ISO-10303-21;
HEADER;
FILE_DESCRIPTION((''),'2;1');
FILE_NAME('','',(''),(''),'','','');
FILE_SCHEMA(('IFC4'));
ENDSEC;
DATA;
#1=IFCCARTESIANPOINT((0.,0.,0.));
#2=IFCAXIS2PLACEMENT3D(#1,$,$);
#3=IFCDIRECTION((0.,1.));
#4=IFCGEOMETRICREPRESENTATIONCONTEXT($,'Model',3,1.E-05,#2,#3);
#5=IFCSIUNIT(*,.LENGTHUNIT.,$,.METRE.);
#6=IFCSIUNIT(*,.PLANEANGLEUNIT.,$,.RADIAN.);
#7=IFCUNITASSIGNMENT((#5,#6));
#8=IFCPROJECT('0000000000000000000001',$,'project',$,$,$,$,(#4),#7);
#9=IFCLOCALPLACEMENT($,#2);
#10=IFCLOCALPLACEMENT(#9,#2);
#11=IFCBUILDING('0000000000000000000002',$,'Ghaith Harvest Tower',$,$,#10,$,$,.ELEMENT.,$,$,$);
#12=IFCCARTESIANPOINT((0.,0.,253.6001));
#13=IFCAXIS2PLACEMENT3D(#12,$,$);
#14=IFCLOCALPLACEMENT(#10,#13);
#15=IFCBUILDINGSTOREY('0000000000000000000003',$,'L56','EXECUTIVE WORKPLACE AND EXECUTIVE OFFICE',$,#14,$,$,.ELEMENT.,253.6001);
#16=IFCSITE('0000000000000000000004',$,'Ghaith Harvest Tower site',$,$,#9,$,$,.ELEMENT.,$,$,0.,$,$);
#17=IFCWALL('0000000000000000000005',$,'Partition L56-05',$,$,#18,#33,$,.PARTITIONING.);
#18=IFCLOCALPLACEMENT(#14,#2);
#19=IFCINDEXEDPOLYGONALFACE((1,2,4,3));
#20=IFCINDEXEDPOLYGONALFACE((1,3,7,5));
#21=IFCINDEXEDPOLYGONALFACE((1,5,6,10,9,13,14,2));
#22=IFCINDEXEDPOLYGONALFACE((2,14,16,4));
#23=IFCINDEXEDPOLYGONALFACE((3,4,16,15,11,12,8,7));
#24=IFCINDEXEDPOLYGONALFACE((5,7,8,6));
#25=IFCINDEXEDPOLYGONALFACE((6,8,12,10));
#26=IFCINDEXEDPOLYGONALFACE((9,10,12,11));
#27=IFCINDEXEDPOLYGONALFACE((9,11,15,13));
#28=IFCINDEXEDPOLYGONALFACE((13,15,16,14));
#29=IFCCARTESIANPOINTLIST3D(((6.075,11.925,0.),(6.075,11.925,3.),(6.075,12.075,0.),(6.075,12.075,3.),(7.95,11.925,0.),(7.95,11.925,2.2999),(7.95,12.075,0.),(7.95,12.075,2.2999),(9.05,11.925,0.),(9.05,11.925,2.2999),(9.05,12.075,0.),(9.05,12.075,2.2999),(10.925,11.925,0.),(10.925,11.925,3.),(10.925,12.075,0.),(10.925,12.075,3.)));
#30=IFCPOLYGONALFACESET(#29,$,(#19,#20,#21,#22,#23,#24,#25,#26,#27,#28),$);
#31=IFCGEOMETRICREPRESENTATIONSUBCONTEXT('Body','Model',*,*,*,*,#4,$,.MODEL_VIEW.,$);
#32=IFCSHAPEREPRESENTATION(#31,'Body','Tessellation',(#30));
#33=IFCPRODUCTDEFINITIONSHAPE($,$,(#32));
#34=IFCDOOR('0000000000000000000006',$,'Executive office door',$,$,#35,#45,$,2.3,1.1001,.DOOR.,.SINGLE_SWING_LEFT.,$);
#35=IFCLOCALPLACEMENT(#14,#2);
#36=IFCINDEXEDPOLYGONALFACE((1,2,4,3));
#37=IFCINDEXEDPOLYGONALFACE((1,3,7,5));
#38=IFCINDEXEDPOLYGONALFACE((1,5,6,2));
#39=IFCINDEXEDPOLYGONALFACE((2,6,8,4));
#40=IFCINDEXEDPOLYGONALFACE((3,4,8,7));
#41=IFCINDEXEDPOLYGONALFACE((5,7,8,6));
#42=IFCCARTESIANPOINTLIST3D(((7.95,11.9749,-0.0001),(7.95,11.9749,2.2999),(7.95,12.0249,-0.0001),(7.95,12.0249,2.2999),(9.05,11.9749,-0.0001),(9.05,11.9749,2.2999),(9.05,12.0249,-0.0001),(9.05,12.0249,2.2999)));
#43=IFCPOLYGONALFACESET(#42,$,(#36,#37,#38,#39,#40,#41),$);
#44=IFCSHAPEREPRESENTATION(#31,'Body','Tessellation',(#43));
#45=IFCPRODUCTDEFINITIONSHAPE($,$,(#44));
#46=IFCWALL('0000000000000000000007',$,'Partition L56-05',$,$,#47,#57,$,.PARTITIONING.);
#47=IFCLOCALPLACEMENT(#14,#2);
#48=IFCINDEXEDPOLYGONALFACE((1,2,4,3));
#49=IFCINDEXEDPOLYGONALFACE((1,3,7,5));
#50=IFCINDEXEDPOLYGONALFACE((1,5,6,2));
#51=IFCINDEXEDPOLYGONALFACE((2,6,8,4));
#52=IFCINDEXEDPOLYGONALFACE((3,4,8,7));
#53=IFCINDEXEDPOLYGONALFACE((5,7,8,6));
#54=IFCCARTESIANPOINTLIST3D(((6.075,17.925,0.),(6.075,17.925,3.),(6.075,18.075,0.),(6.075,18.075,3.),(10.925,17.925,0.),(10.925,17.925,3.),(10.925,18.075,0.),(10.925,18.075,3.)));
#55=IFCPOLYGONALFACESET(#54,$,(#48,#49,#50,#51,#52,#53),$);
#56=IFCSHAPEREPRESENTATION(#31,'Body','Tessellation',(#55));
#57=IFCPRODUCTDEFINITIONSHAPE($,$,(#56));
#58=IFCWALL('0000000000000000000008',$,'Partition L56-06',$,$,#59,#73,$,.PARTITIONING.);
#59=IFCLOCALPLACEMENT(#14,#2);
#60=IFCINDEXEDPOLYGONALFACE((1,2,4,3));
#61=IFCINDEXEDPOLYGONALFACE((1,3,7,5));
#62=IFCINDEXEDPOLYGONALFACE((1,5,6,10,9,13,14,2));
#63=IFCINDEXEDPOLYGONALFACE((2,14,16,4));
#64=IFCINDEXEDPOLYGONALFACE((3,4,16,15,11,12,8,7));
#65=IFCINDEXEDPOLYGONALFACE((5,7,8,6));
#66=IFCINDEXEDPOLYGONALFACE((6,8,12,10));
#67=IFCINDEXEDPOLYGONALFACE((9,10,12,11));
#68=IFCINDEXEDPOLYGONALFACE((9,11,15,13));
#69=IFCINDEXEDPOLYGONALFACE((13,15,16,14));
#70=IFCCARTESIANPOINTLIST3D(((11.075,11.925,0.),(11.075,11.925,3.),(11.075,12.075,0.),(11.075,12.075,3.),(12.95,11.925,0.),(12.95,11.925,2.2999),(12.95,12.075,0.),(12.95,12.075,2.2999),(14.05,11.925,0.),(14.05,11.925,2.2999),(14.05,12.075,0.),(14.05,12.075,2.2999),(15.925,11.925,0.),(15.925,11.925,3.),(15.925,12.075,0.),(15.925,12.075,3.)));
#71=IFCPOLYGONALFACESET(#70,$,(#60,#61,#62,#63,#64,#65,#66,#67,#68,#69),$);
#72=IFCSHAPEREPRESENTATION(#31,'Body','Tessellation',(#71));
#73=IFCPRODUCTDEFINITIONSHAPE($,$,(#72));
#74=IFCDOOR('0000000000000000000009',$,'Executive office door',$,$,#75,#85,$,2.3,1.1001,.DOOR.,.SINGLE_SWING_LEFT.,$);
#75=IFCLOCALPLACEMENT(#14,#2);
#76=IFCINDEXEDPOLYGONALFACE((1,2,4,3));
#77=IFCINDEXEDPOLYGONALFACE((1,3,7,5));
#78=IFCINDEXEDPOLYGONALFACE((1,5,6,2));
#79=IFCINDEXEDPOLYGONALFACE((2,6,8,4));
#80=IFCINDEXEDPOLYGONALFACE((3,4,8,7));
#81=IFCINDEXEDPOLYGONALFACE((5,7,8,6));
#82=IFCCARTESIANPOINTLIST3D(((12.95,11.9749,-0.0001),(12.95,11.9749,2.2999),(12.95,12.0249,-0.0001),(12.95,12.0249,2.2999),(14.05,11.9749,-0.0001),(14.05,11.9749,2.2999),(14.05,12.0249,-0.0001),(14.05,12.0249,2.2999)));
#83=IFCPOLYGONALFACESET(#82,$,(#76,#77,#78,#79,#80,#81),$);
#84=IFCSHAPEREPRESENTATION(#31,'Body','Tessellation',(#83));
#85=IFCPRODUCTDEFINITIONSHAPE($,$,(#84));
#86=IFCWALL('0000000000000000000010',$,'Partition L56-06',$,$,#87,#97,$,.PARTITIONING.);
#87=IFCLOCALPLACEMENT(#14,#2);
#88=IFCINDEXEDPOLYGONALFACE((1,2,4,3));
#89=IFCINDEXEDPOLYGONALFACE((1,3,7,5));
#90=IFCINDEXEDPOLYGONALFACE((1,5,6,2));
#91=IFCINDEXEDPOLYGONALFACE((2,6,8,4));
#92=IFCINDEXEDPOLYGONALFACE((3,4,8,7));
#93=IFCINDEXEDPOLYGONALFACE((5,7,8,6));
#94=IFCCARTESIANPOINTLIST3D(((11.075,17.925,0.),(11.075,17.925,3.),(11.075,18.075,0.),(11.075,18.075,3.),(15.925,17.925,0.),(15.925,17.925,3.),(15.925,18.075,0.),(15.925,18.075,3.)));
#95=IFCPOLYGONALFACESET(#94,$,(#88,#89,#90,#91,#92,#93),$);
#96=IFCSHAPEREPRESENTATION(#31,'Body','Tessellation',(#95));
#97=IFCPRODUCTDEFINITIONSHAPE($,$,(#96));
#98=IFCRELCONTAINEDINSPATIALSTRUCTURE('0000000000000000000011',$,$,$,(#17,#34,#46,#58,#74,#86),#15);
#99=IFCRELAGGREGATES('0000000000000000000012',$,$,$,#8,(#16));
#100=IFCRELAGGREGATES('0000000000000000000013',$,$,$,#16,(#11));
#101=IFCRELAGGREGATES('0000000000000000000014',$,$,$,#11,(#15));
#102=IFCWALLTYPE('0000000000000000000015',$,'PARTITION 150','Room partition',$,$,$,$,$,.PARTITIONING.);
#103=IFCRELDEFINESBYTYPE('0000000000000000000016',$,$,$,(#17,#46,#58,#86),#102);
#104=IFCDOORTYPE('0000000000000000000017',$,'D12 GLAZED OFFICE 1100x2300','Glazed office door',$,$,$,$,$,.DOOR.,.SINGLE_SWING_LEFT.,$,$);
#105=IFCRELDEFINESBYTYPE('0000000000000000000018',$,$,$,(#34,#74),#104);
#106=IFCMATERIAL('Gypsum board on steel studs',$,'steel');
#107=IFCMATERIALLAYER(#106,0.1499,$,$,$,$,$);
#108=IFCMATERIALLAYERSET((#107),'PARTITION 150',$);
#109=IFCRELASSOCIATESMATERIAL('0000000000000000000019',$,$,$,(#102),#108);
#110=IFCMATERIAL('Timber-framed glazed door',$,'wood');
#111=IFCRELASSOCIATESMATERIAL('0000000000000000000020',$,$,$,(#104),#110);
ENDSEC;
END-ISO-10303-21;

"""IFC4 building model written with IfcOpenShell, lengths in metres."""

from ifc_helpers import new_model, si_unit, direction, frame, frame_2d, origin, place, context, subcontext, project, spatial, rectangle, extrude, material, layer, layer_set, type_object, element, fill, save


model = new_model("IFC4")

# Units and contexts
model_context = context("Model", 3, precision=1e-05, world=origin(), true_north=direction((0.0, 1.0)))
body_context = subcontext(model_context, "Body", "Model", "MODEL_VIEW")
ifc_project = project(units=[si_unit("LENGTHUNIT", "METRE"), si_unit("PLANEANGLEUNIT", "RADIAN")], contexts=[model_context])

# Site, building, storey
site_placement = place(None, origin())
site = spatial("IfcSite", under=ifc_project, at=site_placement, Name="Ghaith Harvest Tower site", CompositionType="ELEMENT", RefElevation=0.0)
building_placement = place(site_placement, origin())
building = spatial("IfcBuilding", under=site, at=building_placement, Name="Ghaith Harvest Tower", CompositionType="ELEMENT")
storey_placement = place(building_placement, frame((0.0, 0.0, 253.6001)))
storey = spatial("IfcBuildingStorey", under=building, at=storey_placement, Name="L56", Description="EXECUTIVE WORKPLACE AND EXECUTIVE OFFICE", CompositionType="ELEMENT", Elevation=253.6001)

# Shared definitions
ifc_material_1 = material(Name="Gypsum board on steel studs", Category="steel")
ifc_layer_1 = layer(ifc_material_1, 0.1499)
ifc_layer_set_1 = layer_set([ifc_layer_1], Name="PARTITION 150")
wall_type = type_object("IfcWallType", Name="PARTITION 150", Description="Room partition", PredefinedType="PARTITIONING", material=ifc_layer_set_1)

# Shared definitions
ifc_material_2 = material(Name="Timber-framed glazed door", Category="wood")
door_type = type_object("IfcDoorType", Name="D12 GLAZED OFFICE 1100x2300", Description="Glazed office door", OperationType="SINGLE_SWING_LEFT", PredefinedType="DOOR", material=ifc_material_2)

# Wall, opening, door
wall_1_placement = place(storey_placement, frame((6.075, 12.0, 0.0), z_axis=(0.0, 0.0, 1.0), x_axis=(1.0, 0.0, 0.0)))
wall_1 = element("IfcWall", 1, at=wall_1_placement, inside=storey, type_object=wall_type, Name="Partition L56-05", PredefinedType="PARTITIONING", context=body_context, shape_type="SweptSolid", body=[
    extrude(rectangle(XDim=4.8501, YDim=0.1499, at=frame_2d((2.425, 0.0))), origin(), (0.0, 0.0, 1.0), 3.0),
])
opening_1_placement = place(wall_1_placement, frame((1.875, 0.0, 0.0)))
opening_1 = element("IfcOpeningElement", 2, at=opening_1_placement, cuts=wall_1, PredefinedType="OPENING", context=body_context, shape_type="SweptSolid", body=[
    extrude(rectangle(XDim=1.1001, YDim=2.3, at=frame_2d((0.55, 1.1499))), frame((0.0, 0.085, 0.0), z_axis=(0.0, -1.0, 0.0), x_axis=(1.0, 0.0, 0.0)), (0.0, 0.0, 1.0), 0.1699),
])
door_1_placement = place(opening_1_placement, origin())
door_1 = element("IfcDoor", 3, at=door_1_placement, inside=storey, type_object=door_type, Name="Executive office door", OperationType="SINGLE_SWING_LEFT", OverallHeight=2.3, OverallWidth=1.1001, PredefinedType="DOOR", context=body_context, shape_type="SweptSolid", body=[
    extrude(rectangle(XDim=1.1001, YDim=2.3, at=frame_2d((0.55, 1.1499))), frame((0.0, 0.0249, 0.0), z_axis=(0.0, -1.0, 0.0), x_axis=(1.0, 0.0, 0.0)), (0.0, 0.0, 1.0), 0.05),
])
fill(opening_1, door_1)

# Wall
wall_2_placement = place(storey_placement, frame((6.075, 18.0, 0.0), z_axis=(0.0, 0.0, 1.0), x_axis=(1.0, 0.0, 0.0)))
element("IfcWall", 4, at=wall_2_placement, inside=storey, type_object=wall_type, Name="Partition L56-05", PredefinedType="PARTITIONING", context=body_context, shape_type="SweptSolid", body=[
    extrude(rectangle(XDim=4.8501, YDim=0.1499, at=frame_2d((2.425, 0.0))), origin(), (0.0, 0.0, 1.0), 3.0),
])

# Wall, opening, door
wall_3_placement = place(storey_placement, frame((11.075, 12.0, 0.0), z_axis=(0.0, 0.0, 1.0), x_axis=(1.0, 0.0, 0.0)))
wall_3 = element("IfcWall", 5, at=wall_3_placement, inside=storey, type_object=wall_type, Name="Partition L56-06", PredefinedType="PARTITIONING", context=body_context, shape_type="SweptSolid", body=[
    extrude(rectangle(XDim=4.8501, YDim=0.1499, at=frame_2d((2.425, 0.0))), origin(), (0.0, 0.0, 1.0), 3.0),
])
opening_2_placement = place(wall_3_placement, frame((1.875, 0.0, 0.0)))
opening_2 = element("IfcOpeningElement", 6, at=opening_2_placement, cuts=wall_3, PredefinedType="OPENING", context=body_context, shape_type="SweptSolid", body=[
    extrude(rectangle(XDim=1.1001, YDim=2.3, at=frame_2d((0.55, 1.1499))), frame((0.0, 0.085, 0.0), z_axis=(0.0, -1.0, 0.0), x_axis=(1.0, 0.0, 0.0)), (0.0, 0.0, 1.0), 0.1699),
])
door_2_placement = place(opening_2_placement, origin())
door_2 = element("IfcDoor", 7, at=door_2_placement, inside=storey, type_object=door_type, Name="Executive office door", OperationType="SINGLE_SWING_LEFT", OverallHeight=2.3, OverallWidth=1.1001, PredefinedType="DOOR", context=body_context, shape_type="SweptSolid", body=[
    extrude(rectangle(XDim=1.1001, YDim=2.3, at=frame_2d((0.55, 1.1499))), frame((0.0, 0.0249, 0.0), z_axis=(0.0, -1.0, 0.0), x_axis=(1.0, 0.0, 0.0)), (0.0, 0.0, 1.0), 0.05),
])
fill(opening_2, door_2)

# Wall
wall_4_placement = place(storey_placement, frame((11.075, 18.0, 0.0), z_axis=(0.0, 0.0, 1.0), x_axis=(1.0, 0.0, 0.0)))
element("IfcWall", 8, at=wall_4_placement, inside=storey, type_object=wall_type, Name="Partition L56-06", PredefinedType="PARTITIONING", context=body_context, shape_type="SweptSolid", body=[
    extrude(rectangle(XDim=4.8501, YDim=0.1499, at=frame_2d((2.425, 0.0))), origin(), (0.0, 0.0, 1.0), 3.0),
])

save(model, "model.ifc")
